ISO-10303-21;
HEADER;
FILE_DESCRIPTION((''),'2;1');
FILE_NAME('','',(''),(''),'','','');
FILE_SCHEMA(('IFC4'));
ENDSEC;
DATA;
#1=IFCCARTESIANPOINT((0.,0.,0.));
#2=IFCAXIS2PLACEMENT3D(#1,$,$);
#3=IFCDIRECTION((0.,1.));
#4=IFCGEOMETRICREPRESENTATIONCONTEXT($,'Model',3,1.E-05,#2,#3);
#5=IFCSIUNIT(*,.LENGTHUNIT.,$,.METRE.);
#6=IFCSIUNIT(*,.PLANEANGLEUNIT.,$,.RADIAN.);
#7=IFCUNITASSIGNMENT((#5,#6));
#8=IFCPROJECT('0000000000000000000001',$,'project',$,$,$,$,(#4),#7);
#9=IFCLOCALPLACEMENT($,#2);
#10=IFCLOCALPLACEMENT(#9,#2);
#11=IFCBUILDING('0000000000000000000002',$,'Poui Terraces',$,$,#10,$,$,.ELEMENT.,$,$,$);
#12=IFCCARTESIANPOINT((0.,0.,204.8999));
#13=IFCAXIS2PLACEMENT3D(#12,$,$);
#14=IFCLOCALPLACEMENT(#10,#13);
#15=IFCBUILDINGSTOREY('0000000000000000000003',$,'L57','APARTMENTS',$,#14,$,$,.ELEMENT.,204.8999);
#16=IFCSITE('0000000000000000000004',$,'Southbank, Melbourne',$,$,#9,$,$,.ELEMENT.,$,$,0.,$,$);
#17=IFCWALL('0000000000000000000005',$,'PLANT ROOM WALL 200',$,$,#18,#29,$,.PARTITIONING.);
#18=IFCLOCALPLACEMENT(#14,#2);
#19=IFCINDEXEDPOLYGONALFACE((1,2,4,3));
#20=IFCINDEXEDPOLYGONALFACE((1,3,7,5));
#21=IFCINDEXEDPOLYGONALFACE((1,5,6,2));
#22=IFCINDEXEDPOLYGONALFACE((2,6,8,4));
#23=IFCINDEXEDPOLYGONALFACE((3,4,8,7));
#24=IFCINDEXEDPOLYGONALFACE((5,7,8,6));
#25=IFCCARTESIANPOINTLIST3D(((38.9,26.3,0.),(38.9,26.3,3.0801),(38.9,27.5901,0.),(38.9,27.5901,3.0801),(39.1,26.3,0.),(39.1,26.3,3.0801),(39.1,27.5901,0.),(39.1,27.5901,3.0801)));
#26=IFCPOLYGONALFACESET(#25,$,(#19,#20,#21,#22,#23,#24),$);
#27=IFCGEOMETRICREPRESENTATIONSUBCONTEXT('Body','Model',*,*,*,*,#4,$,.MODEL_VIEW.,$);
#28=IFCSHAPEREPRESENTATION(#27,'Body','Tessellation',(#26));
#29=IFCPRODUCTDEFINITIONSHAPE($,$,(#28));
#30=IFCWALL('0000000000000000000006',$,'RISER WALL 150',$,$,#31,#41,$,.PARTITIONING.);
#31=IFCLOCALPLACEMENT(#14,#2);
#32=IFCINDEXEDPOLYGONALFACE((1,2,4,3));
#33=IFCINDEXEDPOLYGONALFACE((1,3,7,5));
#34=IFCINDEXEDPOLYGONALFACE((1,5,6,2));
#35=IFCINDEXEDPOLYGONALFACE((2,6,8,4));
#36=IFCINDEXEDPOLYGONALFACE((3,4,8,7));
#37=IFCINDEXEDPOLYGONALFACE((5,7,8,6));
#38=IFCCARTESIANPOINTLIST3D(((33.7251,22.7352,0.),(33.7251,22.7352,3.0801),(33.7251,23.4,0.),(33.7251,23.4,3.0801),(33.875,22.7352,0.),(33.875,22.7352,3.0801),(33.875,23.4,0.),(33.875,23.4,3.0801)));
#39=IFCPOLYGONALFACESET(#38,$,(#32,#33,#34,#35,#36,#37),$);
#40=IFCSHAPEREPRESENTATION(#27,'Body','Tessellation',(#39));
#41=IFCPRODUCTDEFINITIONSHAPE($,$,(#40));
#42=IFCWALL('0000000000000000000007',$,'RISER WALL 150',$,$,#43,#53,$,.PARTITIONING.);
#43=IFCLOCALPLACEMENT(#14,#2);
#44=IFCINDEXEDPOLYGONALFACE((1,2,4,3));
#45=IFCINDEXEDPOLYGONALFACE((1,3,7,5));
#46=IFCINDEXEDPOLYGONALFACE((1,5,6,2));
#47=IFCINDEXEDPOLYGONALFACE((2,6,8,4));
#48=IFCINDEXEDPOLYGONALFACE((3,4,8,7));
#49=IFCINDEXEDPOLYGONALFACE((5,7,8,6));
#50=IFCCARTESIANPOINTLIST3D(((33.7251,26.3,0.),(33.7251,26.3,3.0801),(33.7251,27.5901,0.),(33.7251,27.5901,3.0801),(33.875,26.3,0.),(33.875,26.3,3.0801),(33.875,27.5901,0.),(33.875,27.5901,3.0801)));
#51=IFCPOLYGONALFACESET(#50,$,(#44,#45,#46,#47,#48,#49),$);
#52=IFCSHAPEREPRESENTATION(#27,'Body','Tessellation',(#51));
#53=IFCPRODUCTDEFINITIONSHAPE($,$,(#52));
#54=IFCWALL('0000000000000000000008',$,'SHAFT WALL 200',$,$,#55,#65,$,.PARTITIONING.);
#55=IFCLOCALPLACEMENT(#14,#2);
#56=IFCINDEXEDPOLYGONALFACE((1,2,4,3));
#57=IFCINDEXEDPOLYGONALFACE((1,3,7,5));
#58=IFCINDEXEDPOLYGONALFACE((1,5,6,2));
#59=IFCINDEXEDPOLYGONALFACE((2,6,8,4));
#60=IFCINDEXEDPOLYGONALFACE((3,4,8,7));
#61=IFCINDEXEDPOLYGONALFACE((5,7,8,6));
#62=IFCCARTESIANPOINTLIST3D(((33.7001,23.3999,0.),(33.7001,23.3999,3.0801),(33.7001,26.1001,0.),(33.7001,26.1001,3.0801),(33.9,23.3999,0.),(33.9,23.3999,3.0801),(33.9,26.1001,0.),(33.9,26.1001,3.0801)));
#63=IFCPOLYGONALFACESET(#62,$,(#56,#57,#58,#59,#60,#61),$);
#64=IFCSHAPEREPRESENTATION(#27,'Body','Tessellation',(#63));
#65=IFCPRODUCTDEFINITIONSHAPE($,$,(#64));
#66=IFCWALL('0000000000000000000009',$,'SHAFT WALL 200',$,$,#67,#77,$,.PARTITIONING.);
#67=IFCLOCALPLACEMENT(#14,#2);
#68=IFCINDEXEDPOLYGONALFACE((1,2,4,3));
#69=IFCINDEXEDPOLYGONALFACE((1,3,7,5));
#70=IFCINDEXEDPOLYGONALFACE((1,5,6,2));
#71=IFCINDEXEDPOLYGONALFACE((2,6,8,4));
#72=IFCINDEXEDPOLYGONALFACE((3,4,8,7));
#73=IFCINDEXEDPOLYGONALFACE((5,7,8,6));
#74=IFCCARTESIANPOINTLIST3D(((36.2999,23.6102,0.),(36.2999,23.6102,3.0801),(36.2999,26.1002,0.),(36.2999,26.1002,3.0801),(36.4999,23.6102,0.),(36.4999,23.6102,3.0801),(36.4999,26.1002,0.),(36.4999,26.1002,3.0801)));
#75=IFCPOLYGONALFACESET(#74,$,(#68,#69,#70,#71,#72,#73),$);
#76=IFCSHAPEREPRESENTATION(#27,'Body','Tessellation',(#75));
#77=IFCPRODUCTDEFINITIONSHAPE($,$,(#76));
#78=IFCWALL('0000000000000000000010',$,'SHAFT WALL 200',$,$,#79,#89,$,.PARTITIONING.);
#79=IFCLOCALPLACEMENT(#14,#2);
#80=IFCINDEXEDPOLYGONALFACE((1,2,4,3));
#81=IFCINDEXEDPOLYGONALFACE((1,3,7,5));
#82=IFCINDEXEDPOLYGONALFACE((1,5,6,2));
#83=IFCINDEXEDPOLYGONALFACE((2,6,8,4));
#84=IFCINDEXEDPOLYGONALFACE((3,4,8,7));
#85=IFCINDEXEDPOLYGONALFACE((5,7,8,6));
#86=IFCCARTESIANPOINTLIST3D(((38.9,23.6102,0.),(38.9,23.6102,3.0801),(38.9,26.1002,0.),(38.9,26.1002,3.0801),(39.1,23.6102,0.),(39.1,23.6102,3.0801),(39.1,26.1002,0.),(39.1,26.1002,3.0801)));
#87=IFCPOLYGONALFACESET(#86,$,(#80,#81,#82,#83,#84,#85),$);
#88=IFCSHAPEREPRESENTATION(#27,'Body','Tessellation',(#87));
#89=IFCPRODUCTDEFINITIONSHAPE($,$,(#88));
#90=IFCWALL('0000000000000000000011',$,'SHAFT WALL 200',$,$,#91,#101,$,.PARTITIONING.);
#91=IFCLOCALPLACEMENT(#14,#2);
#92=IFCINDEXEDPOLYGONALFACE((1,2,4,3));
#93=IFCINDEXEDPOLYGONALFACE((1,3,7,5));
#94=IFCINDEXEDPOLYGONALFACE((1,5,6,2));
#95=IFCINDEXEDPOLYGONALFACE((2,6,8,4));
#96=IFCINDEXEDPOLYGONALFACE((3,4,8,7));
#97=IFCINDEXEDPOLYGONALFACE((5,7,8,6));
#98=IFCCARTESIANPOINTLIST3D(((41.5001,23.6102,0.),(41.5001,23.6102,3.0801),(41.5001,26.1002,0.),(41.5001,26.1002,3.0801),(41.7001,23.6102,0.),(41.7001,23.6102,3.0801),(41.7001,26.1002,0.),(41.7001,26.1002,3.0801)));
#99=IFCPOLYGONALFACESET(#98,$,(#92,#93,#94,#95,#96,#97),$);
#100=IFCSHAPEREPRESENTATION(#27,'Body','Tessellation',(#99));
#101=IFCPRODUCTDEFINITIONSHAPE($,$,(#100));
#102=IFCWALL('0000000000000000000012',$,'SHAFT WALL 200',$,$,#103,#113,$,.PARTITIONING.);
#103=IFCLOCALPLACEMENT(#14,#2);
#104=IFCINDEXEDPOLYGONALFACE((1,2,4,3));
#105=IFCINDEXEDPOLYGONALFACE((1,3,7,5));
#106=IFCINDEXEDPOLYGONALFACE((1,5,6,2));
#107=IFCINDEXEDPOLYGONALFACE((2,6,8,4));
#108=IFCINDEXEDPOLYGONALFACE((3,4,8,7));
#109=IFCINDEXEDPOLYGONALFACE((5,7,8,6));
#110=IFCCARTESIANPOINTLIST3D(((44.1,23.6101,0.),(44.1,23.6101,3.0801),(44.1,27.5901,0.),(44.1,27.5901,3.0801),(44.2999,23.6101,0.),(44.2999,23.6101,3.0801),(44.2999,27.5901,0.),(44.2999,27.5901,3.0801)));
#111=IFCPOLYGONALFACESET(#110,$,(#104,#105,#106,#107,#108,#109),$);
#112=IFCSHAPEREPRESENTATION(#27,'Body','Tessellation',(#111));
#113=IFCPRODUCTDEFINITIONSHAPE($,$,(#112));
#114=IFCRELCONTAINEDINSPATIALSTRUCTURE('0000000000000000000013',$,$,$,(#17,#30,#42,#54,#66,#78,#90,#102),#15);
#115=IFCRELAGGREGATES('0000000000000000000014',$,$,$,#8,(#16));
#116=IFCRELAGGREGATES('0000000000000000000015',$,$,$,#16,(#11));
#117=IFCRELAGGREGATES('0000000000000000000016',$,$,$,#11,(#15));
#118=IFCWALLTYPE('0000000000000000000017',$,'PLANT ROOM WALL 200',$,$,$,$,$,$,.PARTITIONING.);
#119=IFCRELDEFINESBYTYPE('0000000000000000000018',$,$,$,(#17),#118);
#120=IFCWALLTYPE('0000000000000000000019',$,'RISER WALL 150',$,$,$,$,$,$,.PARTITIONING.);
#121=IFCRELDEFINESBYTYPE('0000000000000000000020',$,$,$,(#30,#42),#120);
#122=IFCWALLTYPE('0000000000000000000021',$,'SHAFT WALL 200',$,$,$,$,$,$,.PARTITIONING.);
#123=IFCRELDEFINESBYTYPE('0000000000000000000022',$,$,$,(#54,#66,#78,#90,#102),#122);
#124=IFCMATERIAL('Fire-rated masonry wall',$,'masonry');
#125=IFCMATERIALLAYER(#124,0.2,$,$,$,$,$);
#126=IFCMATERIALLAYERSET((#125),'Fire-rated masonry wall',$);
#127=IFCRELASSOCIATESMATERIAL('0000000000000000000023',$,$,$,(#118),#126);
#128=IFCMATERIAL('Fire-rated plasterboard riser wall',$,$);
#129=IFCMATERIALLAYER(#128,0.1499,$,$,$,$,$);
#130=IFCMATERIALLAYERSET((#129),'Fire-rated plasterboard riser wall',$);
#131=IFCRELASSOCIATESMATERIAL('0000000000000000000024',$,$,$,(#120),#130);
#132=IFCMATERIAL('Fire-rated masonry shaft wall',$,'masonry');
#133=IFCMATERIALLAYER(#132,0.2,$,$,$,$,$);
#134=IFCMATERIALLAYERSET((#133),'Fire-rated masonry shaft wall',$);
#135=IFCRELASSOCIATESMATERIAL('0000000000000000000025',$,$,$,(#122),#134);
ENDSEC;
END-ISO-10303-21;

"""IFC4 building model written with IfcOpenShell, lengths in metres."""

from ifc_helpers import new_model, si_unit, direction, frame, frame_2d, origin, place, context, subcontext, project, spatial, rectangle, extrude, material, layer, layer_set, type_object, element, save


model = new_model("IFC4")

# Units and contexts
model_context = context("Model", 3, precision=1e-05, world=origin(), true_north=direction((0.0, 1.0)))
body_context = subcontext(model_context, "Body", "Model", "MODEL_VIEW")
ifc_project = project(units=[si_unit("LENGTHUNIT", "METRE"), si_unit("PLANEANGLEUNIT", "RADIAN")], contexts=[model_context])

# Site, building, storey
site_placement = place(None, origin())
site = spatial("IfcSite", under=ifc_project, at=site_placement, Name="Southbank, Melbourne", CompositionType="ELEMENT", RefElevation=0.0)
building_placement = place(site_placement, origin())
building = spatial("IfcBuilding", under=site, at=building_placement, Name="Poui Terraces", CompositionType="ELEMENT")
storey_placement = place(building_placement, frame((0.0, 0.0, 204.8999)))
storey = spatial("IfcBuildingStorey", under=building, at=storey_placement, Name="L57", Description="APARTMENTS", CompositionType="ELEMENT", Elevation=204.8999)

# Walls
ifc_material_1 = material(Name="Fire-rated masonry wall", Category="masonry")
ifc_layer_1 = layer(ifc_material_1, 0.2)
ifc_layer_set_1 = layer_set([ifc_layer_1], Name="Fire-rated masonry wall")
wall_type_1 = type_object("IfcWallType", Name="PLANT ROOM WALL 200", PredefinedType="PARTITIONING", material=ifc_layer_set_1)
wall_1_placement = place(storey_placement, frame((39.0, 26.3, 0.0), z_axis=(0.0, 0.0, 1.0), x_axis=(0.0, 1.0, 0.0)))
element("IfcWall", 1, at=wall_1_placement, inside=storey, type_object=wall_type_1, Name="PLANT ROOM WALL 200", PredefinedType="PARTITIONING", context=body_context, shape_type="SweptSolid", body=[
    extrude(rectangle(XDim=1.29, YDim=0.2, at=frame_2d((0.645, 0.0))), origin(), (0.0, 0.0, 1.0), 3.0801),
])
ifc_material_2 = material(Name="Fire-rated plasterboard riser wall")
ifc_layer_2 = layer(ifc_material_2, 0.1499)
ifc_layer_set_2 = layer_set([ifc_layer_2], Name="Fire-rated plasterboard riser wall")
wall_type_2 = type_object("IfcWallType", Name="RISER WALL 150", PredefinedType="PARTITIONING", material=ifc_layer_set_2)
wall_2_placement = place(storey_placement, frame((33.8, 22.7351, 0.0), z_axis=(0.0, 0.0, 1.0), x_axis=(0.0, 1.0, 0.0)))
element("IfcWall", 2, at=wall_2_placement, inside=storey, type_object=wall_type_2, Name="RISER WALL 150", PredefinedType="PARTITIONING", context=body_context, shape_type="SweptSolid", body=[
    extrude(rectangle(XDim=0.6648, YDim=0.1499, at=frame_2d((0.3325, 0.0))), origin(), (0.0, 0.0, 1.0), 3.0801),
])
wall_3_placement = place(storey_placement, frame((33.8, 26.3, 0.0), z_axis=(0.0, 0.0, 1.0), x_axis=(0.0, 1.0, 0.0)))
element("IfcWall", 3, at=wall_3_placement, inside=storey, type_object=wall_type_2, Name="RISER WALL 150", PredefinedType="PARTITIONING", context=body_context, shape_type="SweptSolid", body=[
    extrude(rectangle(XDim=1.29, YDim=0.1499, at=frame_2d((0.645, 0.0))), origin(), (0.0, 0.0, 1.0), 3.0801),
])
ifc_material_3 = material(Name="Fire-rated masonry shaft wall", Category="masonry")
ifc_layer_3 = layer(ifc_material_3, 0.2)
ifc_layer_set_3 = layer_set([ifc_layer_3], Name="Fire-rated masonry shaft wall")
wall_type_3 = type_object("IfcWallType", Name="SHAFT WALL 200", PredefinedType="PARTITIONING", material=ifc_layer_set_3)
wall_4_placement = place(storey_placement, frame((33.8, 23.3999, 0.0), z_axis=(0.0, 0.0, 1.0), x_axis=(0.0, 1.0, 0.0)))
element("IfcWall", 4, at=wall_4_placement, inside=storey, type_object=wall_type_3, Name="SHAFT WALL 200", PredefinedType="PARTITIONING", context=body_context, shape_type="SweptSolid", body=[
    extrude(rectangle(XDim=2.7002, YDim=0.2, at=frame_2d((1.3501, 0.0))), origin(), (0.0, 0.0, 1.0), 3.0801),
])
for number, where, z_axis, x_axis, name in (
    (5, (36.3999, 23.6101, 0.0), (0.0, 0.0, 1.0), (0.0, 1.0, 0.0), "SHAFT WALL 200"),
    (6, (39.0, 23.6101, 0.0), (0.0, 0.0, 1.0), (0.0, 1.0, 0.0), "SHAFT WALL 200"),
    (7, (41.6001, 23.6101, 0.0), (0.0, 0.0, 1.0), (0.0, 1.0, 0.0), "SHAFT WALL 200"),
):
    element("IfcWall", number, at=place(storey_placement, frame(where, z_axis=z_axis, x_axis=x_axis)), inside=storey, type_object=wall_type_3, Name=name, PredefinedType="PARTITIONING", context=body_context, shape_type="SweptSolid", body=[
        extrude(rectangle(XDim=2.49, YDim=0.2, at=frame_2d((1.2451, 0.0))), origin(), (0.0, 0.0, 1.0), 3.0801),
    ])
wall_5_placement = place(storey_placement, frame((44.2, 23.6101, 0.0), z_axis=(0.0, 0.0, 1.0), x_axis=(0.0, 1.0, 0.0)))
element("IfcWall", 8, at=wall_5_placement, inside=storey, type_object=wall_type_3, Name="SHAFT WALL 200", PredefinedType="PARTITIONING", context=body_context, shape_type="SweptSolid", body=[
    extrude(rectangle(XDim=3.98, YDim=0.2, at=frame_2d((1.99, 0.0))), origin(), (0.0, 0.0, 1.0), 3.0801),
])

save(model, "model.ifc")
